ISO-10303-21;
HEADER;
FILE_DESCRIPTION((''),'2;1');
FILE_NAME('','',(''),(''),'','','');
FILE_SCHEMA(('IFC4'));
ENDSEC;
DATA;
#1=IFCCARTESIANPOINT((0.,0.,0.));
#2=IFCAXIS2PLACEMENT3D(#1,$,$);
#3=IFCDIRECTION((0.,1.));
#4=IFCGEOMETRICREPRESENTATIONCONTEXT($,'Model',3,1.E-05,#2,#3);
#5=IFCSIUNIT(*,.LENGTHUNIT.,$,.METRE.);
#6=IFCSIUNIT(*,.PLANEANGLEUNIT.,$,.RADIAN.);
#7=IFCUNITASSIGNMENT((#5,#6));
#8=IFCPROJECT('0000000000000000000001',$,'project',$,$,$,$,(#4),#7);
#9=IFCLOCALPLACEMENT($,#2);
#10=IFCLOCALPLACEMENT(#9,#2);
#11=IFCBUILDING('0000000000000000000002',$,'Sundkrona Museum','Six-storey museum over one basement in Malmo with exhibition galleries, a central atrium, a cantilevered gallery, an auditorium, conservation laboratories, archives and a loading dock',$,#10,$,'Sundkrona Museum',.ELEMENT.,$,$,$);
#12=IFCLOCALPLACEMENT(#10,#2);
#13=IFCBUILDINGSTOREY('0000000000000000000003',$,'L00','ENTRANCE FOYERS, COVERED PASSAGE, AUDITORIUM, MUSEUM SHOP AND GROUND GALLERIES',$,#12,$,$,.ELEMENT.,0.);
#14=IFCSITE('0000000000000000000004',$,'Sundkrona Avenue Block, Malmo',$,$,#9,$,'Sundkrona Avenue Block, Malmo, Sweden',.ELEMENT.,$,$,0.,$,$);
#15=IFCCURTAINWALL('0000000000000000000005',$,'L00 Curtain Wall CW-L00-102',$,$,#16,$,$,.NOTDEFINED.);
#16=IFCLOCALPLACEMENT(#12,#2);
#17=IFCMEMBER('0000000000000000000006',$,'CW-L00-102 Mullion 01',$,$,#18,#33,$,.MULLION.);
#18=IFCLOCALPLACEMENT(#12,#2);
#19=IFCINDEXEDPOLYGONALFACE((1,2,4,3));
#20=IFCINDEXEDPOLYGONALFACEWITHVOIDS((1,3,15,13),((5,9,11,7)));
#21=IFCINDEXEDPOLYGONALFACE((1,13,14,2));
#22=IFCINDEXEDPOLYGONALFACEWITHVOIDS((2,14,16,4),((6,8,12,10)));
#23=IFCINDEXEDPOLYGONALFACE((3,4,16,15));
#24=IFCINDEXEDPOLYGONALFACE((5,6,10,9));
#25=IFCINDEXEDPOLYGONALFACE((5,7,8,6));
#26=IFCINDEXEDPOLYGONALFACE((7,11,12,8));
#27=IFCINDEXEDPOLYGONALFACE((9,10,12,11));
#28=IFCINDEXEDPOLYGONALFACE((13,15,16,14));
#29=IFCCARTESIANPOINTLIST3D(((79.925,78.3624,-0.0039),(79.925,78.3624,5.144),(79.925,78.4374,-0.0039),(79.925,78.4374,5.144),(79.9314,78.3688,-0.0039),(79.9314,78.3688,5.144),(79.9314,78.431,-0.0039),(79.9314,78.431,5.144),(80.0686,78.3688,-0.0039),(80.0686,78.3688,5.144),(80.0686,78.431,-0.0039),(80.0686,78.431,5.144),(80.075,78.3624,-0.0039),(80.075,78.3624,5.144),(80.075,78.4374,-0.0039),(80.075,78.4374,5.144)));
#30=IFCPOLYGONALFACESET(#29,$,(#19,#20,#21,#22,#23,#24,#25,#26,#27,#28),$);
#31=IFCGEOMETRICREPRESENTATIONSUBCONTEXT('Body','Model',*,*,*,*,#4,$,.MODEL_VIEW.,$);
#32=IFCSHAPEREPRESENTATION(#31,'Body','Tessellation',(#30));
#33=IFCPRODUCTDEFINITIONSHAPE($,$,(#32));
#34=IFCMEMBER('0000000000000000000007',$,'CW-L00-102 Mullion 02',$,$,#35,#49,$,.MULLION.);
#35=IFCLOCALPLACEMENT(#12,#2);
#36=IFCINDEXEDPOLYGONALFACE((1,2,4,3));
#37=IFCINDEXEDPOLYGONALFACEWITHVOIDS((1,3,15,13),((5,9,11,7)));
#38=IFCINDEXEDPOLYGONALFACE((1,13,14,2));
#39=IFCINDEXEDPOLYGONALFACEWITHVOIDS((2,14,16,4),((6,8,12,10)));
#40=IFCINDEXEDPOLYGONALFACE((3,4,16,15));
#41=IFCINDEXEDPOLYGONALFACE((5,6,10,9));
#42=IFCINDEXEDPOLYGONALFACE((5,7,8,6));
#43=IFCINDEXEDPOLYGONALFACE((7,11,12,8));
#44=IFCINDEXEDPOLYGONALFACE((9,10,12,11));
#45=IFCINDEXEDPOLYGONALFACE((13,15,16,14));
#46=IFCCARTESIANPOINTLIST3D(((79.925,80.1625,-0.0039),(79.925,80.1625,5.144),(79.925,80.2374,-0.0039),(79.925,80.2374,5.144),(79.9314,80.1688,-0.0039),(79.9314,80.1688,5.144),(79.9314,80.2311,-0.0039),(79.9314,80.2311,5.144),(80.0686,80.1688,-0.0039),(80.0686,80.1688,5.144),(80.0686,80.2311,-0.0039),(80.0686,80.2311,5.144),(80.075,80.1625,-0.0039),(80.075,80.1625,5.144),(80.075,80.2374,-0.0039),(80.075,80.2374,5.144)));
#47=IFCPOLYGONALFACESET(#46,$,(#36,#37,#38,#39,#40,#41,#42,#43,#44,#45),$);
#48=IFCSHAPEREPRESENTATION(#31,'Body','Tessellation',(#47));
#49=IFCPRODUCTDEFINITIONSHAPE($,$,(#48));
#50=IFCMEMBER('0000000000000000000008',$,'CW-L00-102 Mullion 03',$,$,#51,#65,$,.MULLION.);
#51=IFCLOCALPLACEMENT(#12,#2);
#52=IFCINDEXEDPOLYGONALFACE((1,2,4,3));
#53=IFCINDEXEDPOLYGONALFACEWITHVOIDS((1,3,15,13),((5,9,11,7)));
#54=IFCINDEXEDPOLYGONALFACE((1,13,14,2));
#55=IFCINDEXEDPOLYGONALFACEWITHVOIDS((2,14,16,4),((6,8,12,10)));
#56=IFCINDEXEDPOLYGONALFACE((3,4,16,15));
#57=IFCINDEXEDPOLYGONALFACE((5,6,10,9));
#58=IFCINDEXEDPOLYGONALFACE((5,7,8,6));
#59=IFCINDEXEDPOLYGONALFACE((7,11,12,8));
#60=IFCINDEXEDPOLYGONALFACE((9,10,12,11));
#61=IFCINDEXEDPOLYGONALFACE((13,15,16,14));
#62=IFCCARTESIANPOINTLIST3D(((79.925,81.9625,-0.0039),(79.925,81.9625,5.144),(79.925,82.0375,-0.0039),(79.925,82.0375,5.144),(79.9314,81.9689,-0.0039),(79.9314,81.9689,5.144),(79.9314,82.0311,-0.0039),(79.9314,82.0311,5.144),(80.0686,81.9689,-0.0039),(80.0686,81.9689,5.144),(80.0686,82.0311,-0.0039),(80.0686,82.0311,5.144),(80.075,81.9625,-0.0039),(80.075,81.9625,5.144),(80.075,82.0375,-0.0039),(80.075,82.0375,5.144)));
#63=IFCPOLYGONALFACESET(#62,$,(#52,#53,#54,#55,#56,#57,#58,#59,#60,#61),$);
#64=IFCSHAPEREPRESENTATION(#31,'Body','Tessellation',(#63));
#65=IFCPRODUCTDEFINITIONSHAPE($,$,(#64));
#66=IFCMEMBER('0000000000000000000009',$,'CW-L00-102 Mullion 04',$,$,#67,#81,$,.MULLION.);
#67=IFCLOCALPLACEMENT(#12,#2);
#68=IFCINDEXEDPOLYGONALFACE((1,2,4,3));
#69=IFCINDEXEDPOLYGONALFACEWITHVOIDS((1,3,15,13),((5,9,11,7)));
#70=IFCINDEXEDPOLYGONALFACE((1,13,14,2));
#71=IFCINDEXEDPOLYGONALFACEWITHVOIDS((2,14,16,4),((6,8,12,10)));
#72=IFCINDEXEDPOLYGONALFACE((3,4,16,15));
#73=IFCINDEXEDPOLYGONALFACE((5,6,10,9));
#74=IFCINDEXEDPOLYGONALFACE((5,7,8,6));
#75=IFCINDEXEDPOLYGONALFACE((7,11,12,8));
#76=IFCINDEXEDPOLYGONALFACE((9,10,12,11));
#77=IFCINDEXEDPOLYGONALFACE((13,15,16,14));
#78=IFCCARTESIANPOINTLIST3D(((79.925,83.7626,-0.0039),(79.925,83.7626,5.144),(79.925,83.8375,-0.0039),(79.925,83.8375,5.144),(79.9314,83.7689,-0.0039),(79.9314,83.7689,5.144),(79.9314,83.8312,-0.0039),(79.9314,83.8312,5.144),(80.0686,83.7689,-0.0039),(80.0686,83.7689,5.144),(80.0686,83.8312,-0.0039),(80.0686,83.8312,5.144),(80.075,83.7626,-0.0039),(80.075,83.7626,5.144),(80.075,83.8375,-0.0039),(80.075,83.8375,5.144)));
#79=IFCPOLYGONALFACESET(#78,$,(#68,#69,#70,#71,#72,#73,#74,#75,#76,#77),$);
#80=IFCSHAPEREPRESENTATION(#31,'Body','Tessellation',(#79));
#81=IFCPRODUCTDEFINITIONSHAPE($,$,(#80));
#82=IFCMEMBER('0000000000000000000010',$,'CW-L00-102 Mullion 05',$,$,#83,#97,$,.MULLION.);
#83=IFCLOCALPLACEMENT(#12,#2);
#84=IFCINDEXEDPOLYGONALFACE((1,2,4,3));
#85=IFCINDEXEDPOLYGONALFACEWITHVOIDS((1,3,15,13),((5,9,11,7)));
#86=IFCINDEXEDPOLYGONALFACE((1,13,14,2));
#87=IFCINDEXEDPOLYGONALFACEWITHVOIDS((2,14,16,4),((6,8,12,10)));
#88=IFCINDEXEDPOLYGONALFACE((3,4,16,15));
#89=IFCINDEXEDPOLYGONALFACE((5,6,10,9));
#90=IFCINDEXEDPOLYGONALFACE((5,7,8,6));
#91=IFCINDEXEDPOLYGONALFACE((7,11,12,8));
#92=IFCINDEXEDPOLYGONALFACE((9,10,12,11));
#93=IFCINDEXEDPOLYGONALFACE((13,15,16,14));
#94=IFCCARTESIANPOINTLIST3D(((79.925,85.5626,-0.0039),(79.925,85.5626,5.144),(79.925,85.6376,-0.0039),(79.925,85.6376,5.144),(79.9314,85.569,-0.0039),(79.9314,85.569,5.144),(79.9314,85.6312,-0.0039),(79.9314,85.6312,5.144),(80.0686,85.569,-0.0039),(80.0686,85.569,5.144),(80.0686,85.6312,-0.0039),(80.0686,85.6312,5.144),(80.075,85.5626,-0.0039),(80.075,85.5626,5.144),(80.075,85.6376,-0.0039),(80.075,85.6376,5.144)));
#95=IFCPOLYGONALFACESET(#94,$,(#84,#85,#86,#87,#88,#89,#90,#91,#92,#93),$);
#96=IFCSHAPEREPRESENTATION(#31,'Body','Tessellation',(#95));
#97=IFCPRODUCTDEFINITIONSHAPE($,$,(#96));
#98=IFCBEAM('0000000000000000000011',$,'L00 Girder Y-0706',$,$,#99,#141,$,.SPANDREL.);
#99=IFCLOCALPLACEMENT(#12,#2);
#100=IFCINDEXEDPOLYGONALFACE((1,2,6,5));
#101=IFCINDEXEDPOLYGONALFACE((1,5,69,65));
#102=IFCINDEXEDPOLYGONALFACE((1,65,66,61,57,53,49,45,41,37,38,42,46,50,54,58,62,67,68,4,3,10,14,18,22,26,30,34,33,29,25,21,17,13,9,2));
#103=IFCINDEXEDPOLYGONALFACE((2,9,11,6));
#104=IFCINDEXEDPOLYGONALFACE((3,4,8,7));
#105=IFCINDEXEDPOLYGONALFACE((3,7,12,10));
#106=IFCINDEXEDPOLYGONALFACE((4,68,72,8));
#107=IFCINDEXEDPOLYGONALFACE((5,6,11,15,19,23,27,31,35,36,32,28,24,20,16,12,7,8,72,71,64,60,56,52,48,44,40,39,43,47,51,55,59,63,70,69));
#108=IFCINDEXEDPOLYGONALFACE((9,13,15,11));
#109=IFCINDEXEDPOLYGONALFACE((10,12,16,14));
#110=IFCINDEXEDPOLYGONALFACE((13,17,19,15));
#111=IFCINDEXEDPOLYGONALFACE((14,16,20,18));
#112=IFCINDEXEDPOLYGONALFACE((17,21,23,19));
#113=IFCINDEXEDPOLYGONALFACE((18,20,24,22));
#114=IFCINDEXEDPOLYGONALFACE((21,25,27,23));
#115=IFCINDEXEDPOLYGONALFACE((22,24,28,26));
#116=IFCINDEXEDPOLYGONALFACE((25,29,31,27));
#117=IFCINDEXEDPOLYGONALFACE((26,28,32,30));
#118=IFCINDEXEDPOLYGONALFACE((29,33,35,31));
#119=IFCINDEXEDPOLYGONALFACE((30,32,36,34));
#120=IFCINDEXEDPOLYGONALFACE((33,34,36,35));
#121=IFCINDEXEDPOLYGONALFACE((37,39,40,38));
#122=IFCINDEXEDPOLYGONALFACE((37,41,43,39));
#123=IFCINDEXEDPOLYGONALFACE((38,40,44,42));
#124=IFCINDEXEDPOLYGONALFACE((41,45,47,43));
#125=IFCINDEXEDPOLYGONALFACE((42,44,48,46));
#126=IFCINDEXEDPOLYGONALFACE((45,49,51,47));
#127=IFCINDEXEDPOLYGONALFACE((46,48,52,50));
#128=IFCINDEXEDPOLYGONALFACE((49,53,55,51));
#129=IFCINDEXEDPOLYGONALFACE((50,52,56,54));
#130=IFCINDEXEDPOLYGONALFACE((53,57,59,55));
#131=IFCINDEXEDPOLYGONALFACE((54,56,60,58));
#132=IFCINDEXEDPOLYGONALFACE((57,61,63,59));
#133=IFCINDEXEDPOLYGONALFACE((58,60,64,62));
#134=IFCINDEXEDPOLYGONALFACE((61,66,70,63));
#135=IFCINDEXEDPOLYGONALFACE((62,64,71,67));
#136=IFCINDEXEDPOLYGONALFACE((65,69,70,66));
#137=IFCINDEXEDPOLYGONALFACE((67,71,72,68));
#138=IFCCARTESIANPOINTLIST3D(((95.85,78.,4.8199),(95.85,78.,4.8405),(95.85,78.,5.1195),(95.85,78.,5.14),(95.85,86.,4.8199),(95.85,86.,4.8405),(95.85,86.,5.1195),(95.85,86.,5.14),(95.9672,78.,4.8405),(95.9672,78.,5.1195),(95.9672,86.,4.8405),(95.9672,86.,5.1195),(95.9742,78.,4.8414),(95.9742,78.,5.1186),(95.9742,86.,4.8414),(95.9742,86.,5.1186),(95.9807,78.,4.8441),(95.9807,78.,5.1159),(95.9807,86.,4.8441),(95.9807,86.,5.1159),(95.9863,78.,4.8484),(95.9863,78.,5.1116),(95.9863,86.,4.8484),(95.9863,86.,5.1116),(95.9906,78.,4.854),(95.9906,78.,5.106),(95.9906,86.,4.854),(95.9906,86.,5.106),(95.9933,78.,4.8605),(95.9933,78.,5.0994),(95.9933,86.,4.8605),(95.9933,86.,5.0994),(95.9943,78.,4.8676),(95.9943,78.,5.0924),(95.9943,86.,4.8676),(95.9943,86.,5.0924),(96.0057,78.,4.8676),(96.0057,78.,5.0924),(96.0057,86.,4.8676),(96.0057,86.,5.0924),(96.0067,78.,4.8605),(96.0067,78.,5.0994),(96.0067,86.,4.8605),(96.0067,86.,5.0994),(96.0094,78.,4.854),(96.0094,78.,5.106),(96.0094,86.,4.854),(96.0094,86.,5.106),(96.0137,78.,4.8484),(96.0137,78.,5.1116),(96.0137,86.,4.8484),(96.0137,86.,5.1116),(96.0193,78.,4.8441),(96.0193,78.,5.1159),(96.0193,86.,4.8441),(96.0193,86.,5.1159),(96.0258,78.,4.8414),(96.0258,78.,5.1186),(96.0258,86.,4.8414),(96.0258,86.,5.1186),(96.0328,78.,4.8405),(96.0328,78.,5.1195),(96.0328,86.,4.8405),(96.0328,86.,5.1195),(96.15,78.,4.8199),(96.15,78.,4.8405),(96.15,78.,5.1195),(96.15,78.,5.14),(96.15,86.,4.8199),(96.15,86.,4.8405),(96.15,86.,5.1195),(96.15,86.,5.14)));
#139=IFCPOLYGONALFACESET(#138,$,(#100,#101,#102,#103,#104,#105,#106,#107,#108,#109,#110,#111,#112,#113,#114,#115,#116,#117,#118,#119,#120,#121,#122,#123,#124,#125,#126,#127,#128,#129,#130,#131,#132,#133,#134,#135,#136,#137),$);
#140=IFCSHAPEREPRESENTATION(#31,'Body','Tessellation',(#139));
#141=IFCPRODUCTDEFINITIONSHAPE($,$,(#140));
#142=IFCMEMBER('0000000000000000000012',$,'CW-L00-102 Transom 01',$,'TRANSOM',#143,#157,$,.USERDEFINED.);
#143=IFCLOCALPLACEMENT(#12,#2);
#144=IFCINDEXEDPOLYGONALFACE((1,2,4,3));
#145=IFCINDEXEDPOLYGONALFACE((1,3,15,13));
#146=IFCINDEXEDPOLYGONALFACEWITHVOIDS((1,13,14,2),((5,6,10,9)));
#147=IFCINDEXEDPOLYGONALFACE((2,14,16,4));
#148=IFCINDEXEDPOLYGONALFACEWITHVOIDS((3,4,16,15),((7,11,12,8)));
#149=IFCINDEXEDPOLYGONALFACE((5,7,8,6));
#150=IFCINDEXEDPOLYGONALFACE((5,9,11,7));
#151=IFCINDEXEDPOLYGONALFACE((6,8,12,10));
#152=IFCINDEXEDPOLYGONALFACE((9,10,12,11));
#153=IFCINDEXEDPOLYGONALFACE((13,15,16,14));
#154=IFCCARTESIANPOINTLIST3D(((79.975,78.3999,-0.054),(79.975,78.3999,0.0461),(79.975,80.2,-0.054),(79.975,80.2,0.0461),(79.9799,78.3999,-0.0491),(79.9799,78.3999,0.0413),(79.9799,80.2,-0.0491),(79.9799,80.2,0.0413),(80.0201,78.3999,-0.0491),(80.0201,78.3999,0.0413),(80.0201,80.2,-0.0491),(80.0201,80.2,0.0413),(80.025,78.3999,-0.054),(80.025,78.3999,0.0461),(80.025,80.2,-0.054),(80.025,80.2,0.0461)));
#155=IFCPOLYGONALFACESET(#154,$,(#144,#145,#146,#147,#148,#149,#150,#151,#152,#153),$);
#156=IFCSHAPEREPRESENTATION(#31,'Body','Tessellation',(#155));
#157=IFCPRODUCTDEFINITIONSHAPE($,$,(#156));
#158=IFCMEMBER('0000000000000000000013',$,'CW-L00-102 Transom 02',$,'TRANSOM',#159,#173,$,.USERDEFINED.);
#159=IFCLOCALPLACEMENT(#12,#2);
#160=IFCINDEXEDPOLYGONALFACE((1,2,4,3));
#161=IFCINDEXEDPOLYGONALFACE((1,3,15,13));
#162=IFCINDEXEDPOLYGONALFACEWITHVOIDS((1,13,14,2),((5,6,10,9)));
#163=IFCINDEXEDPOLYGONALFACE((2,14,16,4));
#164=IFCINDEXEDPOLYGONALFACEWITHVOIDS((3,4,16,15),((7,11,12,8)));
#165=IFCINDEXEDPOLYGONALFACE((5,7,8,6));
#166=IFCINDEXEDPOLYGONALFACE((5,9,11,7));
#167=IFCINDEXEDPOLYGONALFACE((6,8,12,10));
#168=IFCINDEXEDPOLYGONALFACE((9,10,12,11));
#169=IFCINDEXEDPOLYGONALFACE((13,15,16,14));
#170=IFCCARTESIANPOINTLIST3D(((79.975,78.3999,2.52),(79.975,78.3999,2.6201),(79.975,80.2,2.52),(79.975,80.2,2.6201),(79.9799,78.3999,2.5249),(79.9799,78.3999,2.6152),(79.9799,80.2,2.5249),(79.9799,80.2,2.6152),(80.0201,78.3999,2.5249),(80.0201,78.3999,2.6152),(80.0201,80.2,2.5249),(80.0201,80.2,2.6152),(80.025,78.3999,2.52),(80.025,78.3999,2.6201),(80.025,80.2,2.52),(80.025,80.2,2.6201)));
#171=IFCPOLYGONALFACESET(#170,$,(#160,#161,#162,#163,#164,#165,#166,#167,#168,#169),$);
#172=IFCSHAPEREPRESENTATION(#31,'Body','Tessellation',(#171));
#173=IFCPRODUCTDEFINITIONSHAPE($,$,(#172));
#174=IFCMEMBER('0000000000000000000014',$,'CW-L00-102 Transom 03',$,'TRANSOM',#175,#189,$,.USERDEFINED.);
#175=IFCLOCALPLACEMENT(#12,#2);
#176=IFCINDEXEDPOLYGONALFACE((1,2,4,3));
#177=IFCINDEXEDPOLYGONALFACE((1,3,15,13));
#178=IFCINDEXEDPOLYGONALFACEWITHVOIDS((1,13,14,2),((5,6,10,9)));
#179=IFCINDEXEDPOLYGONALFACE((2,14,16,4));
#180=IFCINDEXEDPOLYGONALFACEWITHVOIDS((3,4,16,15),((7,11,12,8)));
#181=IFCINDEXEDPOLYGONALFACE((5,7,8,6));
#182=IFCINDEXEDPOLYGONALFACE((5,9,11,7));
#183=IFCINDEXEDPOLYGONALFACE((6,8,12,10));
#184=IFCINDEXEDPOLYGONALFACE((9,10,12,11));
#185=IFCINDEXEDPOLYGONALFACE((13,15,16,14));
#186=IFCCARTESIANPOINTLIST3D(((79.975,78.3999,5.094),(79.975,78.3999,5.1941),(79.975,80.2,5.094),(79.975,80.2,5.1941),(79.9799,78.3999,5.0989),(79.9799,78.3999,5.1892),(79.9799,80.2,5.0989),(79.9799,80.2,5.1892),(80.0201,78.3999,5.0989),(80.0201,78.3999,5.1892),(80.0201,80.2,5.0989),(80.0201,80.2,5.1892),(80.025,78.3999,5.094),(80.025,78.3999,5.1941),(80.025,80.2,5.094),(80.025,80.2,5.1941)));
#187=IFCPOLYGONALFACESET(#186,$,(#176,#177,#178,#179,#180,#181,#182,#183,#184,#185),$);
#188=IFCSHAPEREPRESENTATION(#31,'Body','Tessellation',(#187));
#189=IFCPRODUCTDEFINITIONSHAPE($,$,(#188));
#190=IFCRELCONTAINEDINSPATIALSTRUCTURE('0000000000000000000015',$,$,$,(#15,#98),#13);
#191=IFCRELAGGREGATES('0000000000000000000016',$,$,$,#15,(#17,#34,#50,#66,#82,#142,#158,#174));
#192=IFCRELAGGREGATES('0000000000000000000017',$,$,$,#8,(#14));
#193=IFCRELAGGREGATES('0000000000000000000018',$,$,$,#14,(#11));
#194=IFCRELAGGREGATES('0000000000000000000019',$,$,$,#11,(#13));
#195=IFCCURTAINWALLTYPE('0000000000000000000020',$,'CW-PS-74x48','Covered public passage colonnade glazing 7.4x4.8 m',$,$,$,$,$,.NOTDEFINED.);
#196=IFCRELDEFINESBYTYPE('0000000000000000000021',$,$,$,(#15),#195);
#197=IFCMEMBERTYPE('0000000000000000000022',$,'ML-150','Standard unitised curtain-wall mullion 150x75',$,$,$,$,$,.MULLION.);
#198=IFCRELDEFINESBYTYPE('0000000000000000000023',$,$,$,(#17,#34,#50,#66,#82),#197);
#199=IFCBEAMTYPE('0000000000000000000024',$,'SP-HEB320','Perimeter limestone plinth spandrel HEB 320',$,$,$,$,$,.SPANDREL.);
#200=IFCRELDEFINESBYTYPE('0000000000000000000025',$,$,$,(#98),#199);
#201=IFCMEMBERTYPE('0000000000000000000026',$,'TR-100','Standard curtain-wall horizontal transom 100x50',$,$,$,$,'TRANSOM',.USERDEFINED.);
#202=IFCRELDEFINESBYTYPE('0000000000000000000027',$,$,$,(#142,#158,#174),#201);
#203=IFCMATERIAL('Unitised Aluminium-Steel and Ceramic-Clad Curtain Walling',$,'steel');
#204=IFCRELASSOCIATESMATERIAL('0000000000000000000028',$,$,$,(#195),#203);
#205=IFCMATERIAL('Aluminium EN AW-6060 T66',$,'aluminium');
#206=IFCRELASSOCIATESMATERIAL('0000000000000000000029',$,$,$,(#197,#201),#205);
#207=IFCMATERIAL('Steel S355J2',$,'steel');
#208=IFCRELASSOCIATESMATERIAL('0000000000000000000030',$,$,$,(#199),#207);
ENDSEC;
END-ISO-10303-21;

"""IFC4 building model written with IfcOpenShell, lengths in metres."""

from ifc_helpers import new_model, si_unit, direction, frame, origin, origin_2d, place, context, subcontext, project, spatial, hollow_rectangle, i_section, extrude, material, material_profile, profile_set, type_object, element, aggregate, save


model = new_model("IFC4")

# Units and contexts
model_context = context("Model", 3, precision=1e-05, world=origin(), true_north=direction((0.0, 1.0)))
body_context = subcontext(model_context, "Body", "Model", "MODEL_VIEW")
ifc_project = project(units=[si_unit("LENGTHUNIT", "METRE"), si_unit("PLANEANGLEUNIT", "RADIAN")], contexts=[model_context])

# Site, building, storey
site_placement = place(None, origin())
site = spatial("IfcSite", under=ifc_project, at=site_placement, Name="Sundkrona Avenue Block, Malmo", LongName="Sundkrona Avenue Block, Malmo, Sweden", CompositionType="ELEMENT", RefElevation=0.0)
building_placement = place(site_placement, origin())
building = spatial("IfcBuilding", under=site, at=building_placement, Name="Sundkrona Museum", Description="Six-storey museum over one basement in Malmo with exhibition galleries, a central atrium, a cantilevered gallery, an auditorium, conservation laboratories, archives and a loading dock", LongName="Sundkrona Museum", CompositionType="ELEMENT")
storey_placement = place(building_placement, origin())
storey = spatial("IfcBuildingStorey", under=building, at=storey_placement, Name="L00", Description="ENTRANCE FOYERS, COVERED PASSAGE, AUDITORIUM, MUSEUM SHOP AND GROUND GALLERIES", CompositionType="ELEMENT", Elevation=0.0)

# Shared definitions
ifc_material_1 = material(Name="Steel S355J2", Category="steel")

# Curtain wall, members
ifc_material_2 = material(Name="Unitised Aluminium-Steel and Ceramic-Clad Curtain Walling", Category="steel")
curtain_wall_type = type_object("IfcCurtainWallType", Name="CW-PS-74x48", Description="Covered public passage colonnade glazing 7.4x4.8 m", PredefinedType="NOTDEFINED", material=ifc_material_2)
curtain_wall_placement = place(storey_placement, origin())
curtain_wall = element("IfcCurtainWall", 1, at=curtain_wall_placement, inside=storey, type_object=curtain_wall_type, Name="L00 Curtain Wall CW-L00-102", PredefinedType="NOTDEFINED")
ifc_material_3 = material(Name="Aluminium EN AW-6060 T66", Category="aluminium")
ifc_material_profile_1 = material_profile(ifc_material_3, hollow_rectangle(XDim=0.075, YDim=0.1499, WallThickness=0.0063, at=origin_2d()), Name="RHS 150x75x6.3")
ifc_profile_set_1 = profile_set([ifc_material_profile_1], Name="Aluminium EN AW-6060 T66")
member_type_1 = type_object("IfcMemberType", Name="ML-150", Description="Standard unitised curtain-wall mullion 150x75", PredefinedType="MULLION", material=ifc_profile_set_1)
member_1_placement = place(storey_placement, frame((80.0, 78.3999, -0.0039), z_axis=(0.0, 0.0, 1.0), x_axis=(0.0, 1.0, 0.0)))
member_1 = element("IfcMember", 2, at=member_1_placement, type_object=member_type_1, Name="CW-L00-102 Mullion 01", PredefinedType="MULLION", context=body_context, shape_type="SweptSolid", body=[
    extrude(hollow_rectangle(XDim=0.075, YDim=0.1499, WallThickness=0.0063, at=origin_2d()), origin(), (0.0, 0.0, 1.0), 5.1479),
])
member_2_placement = place(storey_placement, frame((80.0, 80.2, -0.0039), z_axis=(0.0, 0.0, 1.0), x_axis=(0.0, 1.0, 0.0)))
member_2 = element("IfcMember", 3, at=member_2_placement, type_object=member_type_1, Name="CW-L00-102 Mullion 02", PredefinedType="MULLION", context=body_context, shape_type="SweptSolid", body=[
    extrude(hollow_rectangle(XDim=0.075, YDim=0.1499, WallThickness=0.0063, at=origin_2d()), origin(), (0.0, 0.0, 1.0), 5.1479),
])
member_3_placement = place(storey_placement, frame((80.0, 82.0, -0.0039), z_axis=(0.0, 0.0, 1.0), x_axis=(0.0, 1.0, 0.0)))
member_3 = element("IfcMember", 4, at=member_3_placement, type_object=member_type_1, Name="CW-L00-102 Mullion 03", PredefinedType="MULLION", context=body_context, shape_type="SweptSolid", body=[
    extrude(hollow_rectangle(XDim=0.075, YDim=0.1499, WallThickness=0.0063, at=origin_2d()), origin(), (0.0, 0.0, 1.0), 5.1479),
])
member_4_placement = place(storey_placement, frame((80.0, 83.8, -0.0039), z_axis=(0.0, 0.0, 1.0), x_axis=(0.0, 1.0, 0.0)))
member_4 = element("IfcMember", 5, at=member_4_placement, type_object=member_type_1, Name="CW-L00-102 Mullion 04", PredefinedType="MULLION", context=body_context, shape_type="SweptSolid", body=[
    extrude(hollow_rectangle(XDim=0.075, YDim=0.1499, WallThickness=0.0063, at=origin_2d()), origin(), (0.0, 0.0, 1.0), 5.1479),
])
member_5_placement = place(storey_placement, frame((80.0, 85.6001, -0.0039), z_axis=(0.0, 0.0, 1.0), x_axis=(0.0, 1.0, 0.0)))
member_5 = element("IfcMember", 6, at=member_5_placement, type_object=member_type_1, Name="CW-L00-102 Mullion 05", PredefinedType="MULLION", context=body_context, shape_type="SweptSolid", body=[
    extrude(hollow_rectangle(XDim=0.075, YDim=0.1499, WallThickness=0.0063, at=origin_2d()), origin(), (0.0, 0.0, 1.0), 5.1479),
])

# Beam
ifc_material_profile_2 = material_profile(ifc_material_1, i_section(OverallWidth=0.3, OverallDepth=0.3201, WebThickness=0.0115, FlangeThickness=0.0205, FilletRadius=0.0271, at=origin_2d()), Name="HEB 320")
ifc_profile_set_2 = profile_set([ifc_material_profile_2], Name="Steel S355J2")
beam_type_1 = type_object("IfcBeamType", Name="SP-HEB320", Description="Perimeter limestone plinth spandrel HEB 320", PredefinedType="SPANDREL", material=ifc_profile_set_2)
beam_1_placement = place(storey_placement, frame((96.0, 78.0, 4.98), z_axis=(0.0, 1.0, 0.0), x_axis=(-1.0, 0.0, 0.0)))
element("IfcBeam", 7, at=beam_1_placement, inside=storey, type_object=beam_type_1, Name="L00 Girder Y-0706", PredefinedType="SPANDREL", context=body_context, shape_type="SweptSolid", body=[
    extrude(i_section(OverallWidth=0.3, OverallDepth=0.3201, WebThickness=0.0115, FlangeThickness=0.0205, FilletRadius=0.0271, at=origin_2d()), origin(), (0.0, 0.0, 1.0), 8.0),
])

# Members
ifc_material_profile_3 = material_profile(ifc_material_3, hollow_rectangle(XDim=0.05, YDim=0.1001, WallThickness=0.0049, at=origin_2d()), Name="RHS 100x50x5.0")
ifc_profile_set_3 = profile_set([ifc_material_profile_3], Name="Aluminium EN AW-6060 T66")
member_type_2 = type_object("IfcMemberType", Name="TR-100", Description="Standard curtain-wall horizontal transom 100x50", ElementType="TRANSOM", PredefinedType="USERDEFINED", material=ifc_profile_set_3)
member_6_placement = place(storey_placement, frame((80.0, 78.3999, -0.0039), z_axis=(0.0, 1.0, 0.0), x_axis=(-1.0, 0.0, 0.0)))
member_6 = element("IfcMember", 8, at=member_6_placement, type_object=member_type_2, Name="CW-L00-102 Transom 01", ObjectType="TRANSOM", PredefinedType="USERDEFINED", context=body_context, shape_type="SweptSolid", body=[
    extrude(hollow_rectangle(XDim=0.05, YDim=0.1001, WallThickness=0.0049, at=origin_2d()), origin(), (0.0, 0.0, 1.0), 1.8),
])
member_7_placement = place(storey_placement, frame((80.0, 78.3999, 2.5701), z_axis=(0.0, 1.0, 0.0), x_axis=(-1.0, 0.0, 0.0)))
member_7 = element("IfcMember", 9, at=member_7_placement, type_object=member_type_2, Name="CW-L00-102 Transom 02", ObjectType="TRANSOM", PredefinedType="USERDEFINED", context=body_context, shape_type="SweptSolid", body=[
    extrude(hollow_rectangle(XDim=0.05, YDim=0.1001, WallThickness=0.0049, at=origin_2d()), origin(), (0.0, 0.0, 1.0), 1.8),
])
member_8_placement = place(storey_placement, frame((80.0, 78.3999, 5.144), z_axis=(0.0, 1.0, 0.0), x_axis=(-1.0, 0.0, 0.0)))
member_8 = element("IfcMember", 10, at=member_8_placement, type_object=member_type_2, Name="CW-L00-102 Transom 03", ObjectType="TRANSOM", PredefinedType="USERDEFINED", context=body_context, shape_type="SweptSolid", body=[
    extrude(hollow_rectangle(XDim=0.05, YDim=0.1001, WallThickness=0.0049, at=origin_2d()), origin(), (0.0, 0.0, 1.0), 1.8),
])

aggregate(curtain_wall, [member_1, member_2, member_3, member_4, member_5, member_6, member_7, member_8])

save(model, "model.ifc")
